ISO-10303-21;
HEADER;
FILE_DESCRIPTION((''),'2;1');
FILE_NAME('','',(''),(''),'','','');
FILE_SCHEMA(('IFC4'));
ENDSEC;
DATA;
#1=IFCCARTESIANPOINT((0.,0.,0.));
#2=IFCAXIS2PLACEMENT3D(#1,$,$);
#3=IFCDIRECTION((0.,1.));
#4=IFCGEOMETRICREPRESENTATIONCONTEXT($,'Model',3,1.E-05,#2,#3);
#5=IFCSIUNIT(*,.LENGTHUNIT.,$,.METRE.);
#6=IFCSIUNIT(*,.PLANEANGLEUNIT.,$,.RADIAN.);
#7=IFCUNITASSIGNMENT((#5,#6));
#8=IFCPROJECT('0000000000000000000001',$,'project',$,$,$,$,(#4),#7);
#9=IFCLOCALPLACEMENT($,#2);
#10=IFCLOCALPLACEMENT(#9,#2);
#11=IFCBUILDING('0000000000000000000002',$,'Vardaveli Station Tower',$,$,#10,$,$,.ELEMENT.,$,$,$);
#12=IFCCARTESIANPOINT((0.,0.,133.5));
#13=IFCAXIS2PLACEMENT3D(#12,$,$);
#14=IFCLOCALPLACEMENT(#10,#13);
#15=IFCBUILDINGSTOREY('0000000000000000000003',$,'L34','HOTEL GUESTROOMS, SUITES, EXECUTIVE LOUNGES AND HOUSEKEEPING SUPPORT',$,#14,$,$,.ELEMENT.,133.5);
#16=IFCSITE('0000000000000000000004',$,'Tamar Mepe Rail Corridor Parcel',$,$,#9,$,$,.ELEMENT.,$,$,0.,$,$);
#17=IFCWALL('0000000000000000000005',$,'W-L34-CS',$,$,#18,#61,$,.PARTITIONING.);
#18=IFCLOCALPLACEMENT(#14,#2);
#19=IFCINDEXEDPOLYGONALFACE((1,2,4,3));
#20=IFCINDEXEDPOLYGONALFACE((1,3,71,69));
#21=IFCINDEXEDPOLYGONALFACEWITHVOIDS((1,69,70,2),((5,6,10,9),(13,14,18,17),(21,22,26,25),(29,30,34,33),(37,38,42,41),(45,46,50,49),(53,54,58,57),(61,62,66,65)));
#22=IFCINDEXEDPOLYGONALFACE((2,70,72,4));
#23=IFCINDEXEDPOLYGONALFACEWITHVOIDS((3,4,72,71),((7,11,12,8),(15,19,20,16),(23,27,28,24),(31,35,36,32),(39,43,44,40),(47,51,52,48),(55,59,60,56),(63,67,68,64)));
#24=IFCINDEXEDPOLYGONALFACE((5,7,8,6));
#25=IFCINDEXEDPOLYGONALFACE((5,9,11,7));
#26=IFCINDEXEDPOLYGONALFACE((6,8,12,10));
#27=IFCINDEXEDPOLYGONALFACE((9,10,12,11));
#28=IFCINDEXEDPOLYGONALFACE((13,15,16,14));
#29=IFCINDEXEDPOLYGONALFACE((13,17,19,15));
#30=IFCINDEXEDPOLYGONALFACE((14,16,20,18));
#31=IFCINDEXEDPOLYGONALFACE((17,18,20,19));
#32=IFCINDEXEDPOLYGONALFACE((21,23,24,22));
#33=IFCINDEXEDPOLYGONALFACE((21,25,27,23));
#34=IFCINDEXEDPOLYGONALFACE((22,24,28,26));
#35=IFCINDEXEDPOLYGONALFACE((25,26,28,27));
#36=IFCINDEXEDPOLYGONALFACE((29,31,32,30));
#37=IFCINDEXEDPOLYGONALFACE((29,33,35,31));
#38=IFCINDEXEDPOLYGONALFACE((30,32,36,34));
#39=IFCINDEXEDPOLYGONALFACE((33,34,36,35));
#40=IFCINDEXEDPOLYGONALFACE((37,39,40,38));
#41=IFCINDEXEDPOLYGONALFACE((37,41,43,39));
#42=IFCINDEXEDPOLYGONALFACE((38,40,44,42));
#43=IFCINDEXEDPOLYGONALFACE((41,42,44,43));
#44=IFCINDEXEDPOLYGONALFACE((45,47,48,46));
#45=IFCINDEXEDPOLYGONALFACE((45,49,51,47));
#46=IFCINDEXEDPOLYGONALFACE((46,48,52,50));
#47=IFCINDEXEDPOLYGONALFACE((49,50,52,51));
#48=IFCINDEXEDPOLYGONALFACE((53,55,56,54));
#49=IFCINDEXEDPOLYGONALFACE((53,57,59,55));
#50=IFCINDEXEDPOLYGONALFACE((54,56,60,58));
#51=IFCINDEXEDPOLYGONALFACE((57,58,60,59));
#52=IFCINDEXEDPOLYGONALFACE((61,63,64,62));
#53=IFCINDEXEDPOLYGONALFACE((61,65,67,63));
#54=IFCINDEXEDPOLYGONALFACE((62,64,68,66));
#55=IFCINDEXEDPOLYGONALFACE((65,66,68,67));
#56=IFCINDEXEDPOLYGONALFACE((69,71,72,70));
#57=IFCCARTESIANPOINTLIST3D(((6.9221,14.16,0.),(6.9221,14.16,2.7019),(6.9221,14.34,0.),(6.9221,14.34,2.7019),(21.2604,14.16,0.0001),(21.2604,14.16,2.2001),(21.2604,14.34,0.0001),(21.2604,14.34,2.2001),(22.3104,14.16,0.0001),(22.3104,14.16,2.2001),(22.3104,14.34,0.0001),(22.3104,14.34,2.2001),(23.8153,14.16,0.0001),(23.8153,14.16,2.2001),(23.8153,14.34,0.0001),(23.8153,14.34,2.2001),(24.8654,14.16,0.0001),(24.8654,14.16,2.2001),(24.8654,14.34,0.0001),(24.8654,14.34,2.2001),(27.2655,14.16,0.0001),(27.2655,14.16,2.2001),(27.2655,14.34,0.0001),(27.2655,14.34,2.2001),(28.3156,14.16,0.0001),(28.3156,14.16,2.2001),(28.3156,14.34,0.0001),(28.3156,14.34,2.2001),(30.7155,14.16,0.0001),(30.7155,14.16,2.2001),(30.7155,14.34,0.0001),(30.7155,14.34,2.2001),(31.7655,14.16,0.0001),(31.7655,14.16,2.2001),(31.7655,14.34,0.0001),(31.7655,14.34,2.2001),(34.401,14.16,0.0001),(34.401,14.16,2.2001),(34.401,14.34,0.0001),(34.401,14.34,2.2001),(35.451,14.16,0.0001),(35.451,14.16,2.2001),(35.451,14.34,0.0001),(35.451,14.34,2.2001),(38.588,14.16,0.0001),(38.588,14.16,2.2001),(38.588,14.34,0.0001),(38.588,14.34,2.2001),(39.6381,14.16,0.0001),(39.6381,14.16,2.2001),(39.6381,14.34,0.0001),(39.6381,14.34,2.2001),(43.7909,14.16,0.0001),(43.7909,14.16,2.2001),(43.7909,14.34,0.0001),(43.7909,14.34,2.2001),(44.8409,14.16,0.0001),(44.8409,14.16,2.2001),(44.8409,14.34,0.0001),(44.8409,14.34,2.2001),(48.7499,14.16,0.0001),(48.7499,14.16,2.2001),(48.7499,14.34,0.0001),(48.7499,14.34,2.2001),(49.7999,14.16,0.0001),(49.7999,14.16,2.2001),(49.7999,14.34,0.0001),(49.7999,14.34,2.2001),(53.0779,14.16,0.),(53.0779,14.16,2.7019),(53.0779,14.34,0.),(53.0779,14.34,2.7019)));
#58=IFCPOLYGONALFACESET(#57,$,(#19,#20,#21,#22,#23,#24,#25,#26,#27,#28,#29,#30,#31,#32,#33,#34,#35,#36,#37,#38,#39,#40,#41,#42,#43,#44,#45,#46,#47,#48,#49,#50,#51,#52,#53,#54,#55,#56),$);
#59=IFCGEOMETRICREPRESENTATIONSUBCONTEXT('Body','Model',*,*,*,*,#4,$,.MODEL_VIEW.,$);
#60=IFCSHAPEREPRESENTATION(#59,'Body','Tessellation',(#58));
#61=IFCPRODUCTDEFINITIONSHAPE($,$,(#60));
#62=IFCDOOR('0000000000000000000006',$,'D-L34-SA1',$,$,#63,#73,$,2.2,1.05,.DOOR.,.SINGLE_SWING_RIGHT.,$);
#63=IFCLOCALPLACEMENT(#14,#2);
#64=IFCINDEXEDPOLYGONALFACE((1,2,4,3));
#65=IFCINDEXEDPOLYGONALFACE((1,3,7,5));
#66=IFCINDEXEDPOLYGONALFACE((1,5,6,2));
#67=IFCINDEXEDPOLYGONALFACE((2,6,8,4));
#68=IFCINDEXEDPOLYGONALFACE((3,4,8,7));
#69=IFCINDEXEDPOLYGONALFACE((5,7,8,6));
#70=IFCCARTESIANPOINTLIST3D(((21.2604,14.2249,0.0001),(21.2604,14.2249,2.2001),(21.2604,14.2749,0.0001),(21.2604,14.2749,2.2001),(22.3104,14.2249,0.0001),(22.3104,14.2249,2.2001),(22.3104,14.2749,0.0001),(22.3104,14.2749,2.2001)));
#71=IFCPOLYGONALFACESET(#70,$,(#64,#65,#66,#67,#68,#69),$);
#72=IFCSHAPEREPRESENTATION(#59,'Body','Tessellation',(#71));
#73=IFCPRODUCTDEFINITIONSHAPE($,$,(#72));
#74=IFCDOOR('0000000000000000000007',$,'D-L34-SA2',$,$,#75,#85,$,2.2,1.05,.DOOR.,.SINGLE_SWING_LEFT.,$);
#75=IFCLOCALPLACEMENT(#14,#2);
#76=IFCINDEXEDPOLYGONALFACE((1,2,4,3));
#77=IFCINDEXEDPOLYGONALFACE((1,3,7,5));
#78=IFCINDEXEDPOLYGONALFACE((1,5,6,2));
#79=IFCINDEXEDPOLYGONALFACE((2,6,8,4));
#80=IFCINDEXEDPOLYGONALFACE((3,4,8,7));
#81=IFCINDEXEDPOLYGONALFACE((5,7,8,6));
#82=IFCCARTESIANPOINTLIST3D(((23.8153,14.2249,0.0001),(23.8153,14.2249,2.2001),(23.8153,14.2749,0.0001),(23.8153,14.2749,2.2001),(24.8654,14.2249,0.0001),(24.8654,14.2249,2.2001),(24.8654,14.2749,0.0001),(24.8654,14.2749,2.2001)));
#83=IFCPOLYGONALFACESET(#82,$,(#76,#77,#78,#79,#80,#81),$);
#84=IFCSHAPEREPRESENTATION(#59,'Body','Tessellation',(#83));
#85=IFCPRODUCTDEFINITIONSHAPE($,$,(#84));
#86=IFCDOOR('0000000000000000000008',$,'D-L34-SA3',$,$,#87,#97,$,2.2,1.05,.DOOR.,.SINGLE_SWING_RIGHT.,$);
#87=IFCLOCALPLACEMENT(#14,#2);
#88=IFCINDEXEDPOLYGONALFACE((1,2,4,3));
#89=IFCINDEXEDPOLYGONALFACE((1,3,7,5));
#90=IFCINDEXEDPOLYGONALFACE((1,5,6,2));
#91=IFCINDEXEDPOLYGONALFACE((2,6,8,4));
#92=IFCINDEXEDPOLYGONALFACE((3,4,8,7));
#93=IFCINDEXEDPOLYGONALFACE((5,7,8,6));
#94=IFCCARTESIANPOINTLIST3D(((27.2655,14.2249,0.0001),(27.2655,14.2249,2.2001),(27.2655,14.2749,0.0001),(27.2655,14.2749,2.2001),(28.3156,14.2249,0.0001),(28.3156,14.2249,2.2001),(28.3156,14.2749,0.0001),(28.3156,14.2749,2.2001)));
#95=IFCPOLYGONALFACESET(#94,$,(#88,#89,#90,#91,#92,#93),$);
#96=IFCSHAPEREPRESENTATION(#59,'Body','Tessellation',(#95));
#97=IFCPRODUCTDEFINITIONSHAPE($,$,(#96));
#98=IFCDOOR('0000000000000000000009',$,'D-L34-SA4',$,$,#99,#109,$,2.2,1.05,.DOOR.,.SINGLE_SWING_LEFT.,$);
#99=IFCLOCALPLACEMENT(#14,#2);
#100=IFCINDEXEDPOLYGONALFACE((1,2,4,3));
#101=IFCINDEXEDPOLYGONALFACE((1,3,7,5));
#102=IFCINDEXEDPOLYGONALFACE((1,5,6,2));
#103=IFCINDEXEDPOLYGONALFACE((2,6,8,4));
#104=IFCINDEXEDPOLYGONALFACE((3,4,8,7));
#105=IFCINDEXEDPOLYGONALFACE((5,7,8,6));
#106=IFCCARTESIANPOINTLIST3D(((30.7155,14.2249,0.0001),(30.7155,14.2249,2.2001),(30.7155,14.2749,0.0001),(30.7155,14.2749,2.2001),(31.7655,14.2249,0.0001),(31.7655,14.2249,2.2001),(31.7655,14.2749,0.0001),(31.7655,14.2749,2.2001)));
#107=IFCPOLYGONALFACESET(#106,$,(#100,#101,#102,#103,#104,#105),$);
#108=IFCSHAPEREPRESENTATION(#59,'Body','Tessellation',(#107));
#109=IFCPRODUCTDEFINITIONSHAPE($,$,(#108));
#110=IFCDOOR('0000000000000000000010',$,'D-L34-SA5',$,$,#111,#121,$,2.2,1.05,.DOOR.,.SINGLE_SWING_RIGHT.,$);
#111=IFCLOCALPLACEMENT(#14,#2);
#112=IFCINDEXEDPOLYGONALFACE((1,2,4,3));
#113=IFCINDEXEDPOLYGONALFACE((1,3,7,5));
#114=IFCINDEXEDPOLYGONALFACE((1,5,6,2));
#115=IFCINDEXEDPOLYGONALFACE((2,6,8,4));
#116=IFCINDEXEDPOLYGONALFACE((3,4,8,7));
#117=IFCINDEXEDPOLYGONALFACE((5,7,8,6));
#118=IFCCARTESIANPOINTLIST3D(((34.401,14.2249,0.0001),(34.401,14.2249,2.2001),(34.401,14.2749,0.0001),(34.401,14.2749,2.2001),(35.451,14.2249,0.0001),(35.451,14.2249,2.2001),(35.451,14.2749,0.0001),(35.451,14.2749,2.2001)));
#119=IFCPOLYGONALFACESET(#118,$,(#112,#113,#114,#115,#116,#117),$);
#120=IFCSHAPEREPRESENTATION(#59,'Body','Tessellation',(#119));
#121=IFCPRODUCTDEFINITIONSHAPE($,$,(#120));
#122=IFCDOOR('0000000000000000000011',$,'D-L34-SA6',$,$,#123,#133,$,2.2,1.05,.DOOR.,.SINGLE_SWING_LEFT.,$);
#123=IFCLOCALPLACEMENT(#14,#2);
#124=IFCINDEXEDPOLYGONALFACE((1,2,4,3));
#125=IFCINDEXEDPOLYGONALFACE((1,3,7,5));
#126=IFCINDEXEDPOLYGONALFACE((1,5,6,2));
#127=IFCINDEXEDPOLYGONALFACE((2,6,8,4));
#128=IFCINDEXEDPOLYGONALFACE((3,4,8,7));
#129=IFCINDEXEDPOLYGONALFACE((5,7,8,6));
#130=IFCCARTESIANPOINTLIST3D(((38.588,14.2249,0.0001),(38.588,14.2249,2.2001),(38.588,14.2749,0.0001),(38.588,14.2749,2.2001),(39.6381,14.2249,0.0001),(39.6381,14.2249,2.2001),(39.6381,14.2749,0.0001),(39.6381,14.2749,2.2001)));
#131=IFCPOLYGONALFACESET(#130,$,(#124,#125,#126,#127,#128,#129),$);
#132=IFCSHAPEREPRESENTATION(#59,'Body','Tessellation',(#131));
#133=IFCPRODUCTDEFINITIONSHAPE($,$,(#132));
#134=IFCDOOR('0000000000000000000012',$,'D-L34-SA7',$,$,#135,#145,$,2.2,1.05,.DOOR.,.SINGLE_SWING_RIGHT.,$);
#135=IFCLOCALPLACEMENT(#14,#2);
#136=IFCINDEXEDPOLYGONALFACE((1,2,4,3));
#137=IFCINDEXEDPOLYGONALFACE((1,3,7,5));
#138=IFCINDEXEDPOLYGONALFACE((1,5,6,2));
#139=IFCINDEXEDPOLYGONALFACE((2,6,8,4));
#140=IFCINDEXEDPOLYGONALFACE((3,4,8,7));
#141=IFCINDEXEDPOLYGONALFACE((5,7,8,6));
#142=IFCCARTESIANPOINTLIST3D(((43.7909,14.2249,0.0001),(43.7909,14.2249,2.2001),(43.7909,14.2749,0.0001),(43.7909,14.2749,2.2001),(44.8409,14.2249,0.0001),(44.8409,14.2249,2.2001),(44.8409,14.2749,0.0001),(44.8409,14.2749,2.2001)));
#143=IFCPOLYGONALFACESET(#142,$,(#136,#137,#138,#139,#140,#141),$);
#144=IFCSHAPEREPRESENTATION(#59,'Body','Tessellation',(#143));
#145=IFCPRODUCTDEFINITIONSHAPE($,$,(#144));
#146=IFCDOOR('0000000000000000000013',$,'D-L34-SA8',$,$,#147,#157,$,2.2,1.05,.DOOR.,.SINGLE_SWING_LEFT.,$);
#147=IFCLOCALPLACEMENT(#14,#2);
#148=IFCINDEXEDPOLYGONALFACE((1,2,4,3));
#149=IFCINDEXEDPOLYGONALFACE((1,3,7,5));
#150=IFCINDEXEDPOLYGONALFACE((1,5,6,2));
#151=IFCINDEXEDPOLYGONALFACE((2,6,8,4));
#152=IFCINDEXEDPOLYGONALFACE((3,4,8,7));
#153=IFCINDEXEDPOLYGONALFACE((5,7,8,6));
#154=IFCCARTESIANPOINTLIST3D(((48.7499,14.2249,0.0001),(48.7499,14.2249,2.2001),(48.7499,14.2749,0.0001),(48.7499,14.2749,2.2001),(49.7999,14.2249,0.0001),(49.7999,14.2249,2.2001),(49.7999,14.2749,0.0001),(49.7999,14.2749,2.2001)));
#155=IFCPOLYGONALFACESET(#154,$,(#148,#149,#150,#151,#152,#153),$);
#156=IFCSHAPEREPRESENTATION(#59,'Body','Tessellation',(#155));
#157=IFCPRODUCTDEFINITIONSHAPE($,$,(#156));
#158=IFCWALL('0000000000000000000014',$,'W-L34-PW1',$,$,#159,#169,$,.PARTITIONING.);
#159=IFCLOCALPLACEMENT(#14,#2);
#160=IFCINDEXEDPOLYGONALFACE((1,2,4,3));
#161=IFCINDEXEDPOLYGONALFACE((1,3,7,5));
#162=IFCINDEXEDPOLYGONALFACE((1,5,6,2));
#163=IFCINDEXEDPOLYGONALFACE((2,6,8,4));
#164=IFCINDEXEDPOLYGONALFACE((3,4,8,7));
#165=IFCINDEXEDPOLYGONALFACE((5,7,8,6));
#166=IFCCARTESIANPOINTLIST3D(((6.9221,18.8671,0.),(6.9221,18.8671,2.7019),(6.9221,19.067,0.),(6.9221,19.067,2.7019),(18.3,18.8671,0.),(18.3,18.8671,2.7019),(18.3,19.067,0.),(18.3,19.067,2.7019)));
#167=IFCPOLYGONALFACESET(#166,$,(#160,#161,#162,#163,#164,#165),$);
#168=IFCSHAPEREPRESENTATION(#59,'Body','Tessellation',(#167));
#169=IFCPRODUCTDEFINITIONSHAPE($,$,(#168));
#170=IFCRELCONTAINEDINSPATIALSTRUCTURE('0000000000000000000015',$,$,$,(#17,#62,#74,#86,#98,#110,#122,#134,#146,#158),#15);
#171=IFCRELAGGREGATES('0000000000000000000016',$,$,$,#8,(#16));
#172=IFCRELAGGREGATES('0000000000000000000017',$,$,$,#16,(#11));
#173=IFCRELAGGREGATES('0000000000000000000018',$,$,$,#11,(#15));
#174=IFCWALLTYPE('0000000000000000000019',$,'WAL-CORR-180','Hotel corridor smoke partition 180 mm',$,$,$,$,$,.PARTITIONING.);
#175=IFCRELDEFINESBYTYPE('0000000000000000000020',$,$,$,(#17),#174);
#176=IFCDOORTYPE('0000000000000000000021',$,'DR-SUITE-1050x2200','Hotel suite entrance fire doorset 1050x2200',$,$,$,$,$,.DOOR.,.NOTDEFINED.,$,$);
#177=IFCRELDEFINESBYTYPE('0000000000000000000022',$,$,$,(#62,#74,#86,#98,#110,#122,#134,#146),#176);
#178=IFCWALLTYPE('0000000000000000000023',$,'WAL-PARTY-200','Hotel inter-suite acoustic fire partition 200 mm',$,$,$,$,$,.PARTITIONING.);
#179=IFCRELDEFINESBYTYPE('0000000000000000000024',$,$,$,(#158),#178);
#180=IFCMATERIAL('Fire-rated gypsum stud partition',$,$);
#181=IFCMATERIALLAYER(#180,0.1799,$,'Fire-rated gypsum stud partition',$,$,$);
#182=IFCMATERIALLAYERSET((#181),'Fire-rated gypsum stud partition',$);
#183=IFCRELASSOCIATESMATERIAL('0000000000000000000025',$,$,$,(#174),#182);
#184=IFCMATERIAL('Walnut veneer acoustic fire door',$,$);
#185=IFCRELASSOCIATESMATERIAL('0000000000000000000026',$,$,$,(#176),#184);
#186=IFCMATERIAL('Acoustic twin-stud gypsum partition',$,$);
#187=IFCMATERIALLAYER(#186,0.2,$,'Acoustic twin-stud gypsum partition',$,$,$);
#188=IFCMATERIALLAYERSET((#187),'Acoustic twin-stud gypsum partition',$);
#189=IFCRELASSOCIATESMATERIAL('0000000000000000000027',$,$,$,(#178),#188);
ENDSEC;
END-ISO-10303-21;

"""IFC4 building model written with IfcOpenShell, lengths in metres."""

from ifc_helpers import new_model, si_unit, direction, frame, frame_2d, origin, place, context, subcontext, project, spatial, rectangle, extrude, source, transform, mapped, material, layer, layer_set, type_object, element, fill, save


model = new_model("IFC4")

# Units and contexts
model_context = context("Model", 3, precision=1e-05, world=origin(), true_north=direction((0.0, 1.0)))
body_context = subcontext(model_context, "Body", "Model", "MODEL_VIEW")
ifc_project = project(units=[si_unit("LENGTHUNIT", "METRE"), si_unit("PLANEANGLEUNIT", "RADIAN")], contexts=[model_context])

# Site, building, storey
site_placement = place(None, origin())
site = spatial("IfcSite", under=ifc_project, at=site_placement, Name="Tamar Mepe Rail Corridor Parcel", CompositionType="ELEMENT", RefElevation=0.0)
building_placement = place(site_placement, origin())
building = spatial("IfcBuilding", under=site, at=building_placement, Name="Vardaveli Station Tower", CompositionType="ELEMENT")
storey_placement = place(building_placement, frame((0.0, 0.0, 133.5)))
storey = spatial("IfcBuildingStorey", under=building, at=storey_placement, Name="L34", Description="HOTEL GUESTROOMS, SUITES, EXECUTIVE LOUNGES AND HOUSEKEEPING SUPPORT", CompositionType="ELEMENT", Elevation=133.5)

# Wall, openings, doors
ifc_material_1 = material(Name="Fire-rated gypsum stud partition")
ifc_layer_1 = layer(ifc_material_1, 0.1799, Name="Fire-rated gypsum stud partition")
ifc_layer_set_1 = layer_set([ifc_layer_1], Name="Fire-rated gypsum stud partition")
wall_type_1 = type_object("IfcWallType", Name="WAL-CORR-180", Description="Hotel corridor smoke partition 180 mm", PredefinedType="PARTITIONING", material=ifc_layer_set_1)
shared_shape_1 = source(origin(), body_context, "Body", "SweptSolid", [
    extrude(rectangle(XDim=46.1558, YDim=0.1799, at=frame_2d((23.0779, 0.0))), origin(), (0.0, 0.0, 1.0), 2.7019),
])
wall_1_placement = place(storey_placement, frame((6.9221, 14.25, 0.0), z_axis=(0.0, 0.0, 1.0), x_axis=(1.0, 0.0, 0.0)))
wall_1 = element("IfcWall", 1, at=wall_1_placement, inside=storey, type_object=wall_type_1, Name="W-L34-CS", PredefinedType="PARTITIONING", context=body_context, shape_type="MappedRepresentation", body=[
    mapped(shared_shape_1, transform((0.0, 0.0, 0.0), scale=1.0)),
])
shared_shape_2 = source(origin(), body_context, "Body", "SweptSolid", [
    extrude(rectangle(XDim=1.05, YDim=2.2, at=frame_2d((0.5249, 1.1001))), frame((0.0, 0.1001, 0.0), z_axis=(0.0, -1.0, 0.0), x_axis=(1.0, 0.0, 0.0)), (0.0, 0.0, 1.0), 0.2),
])
opening_1_placement = place(wall_1_placement, frame((14.3384, 0.0, 0.0)))
opening_1 = element("IfcOpeningElement", 2, at=opening_1_placement, cuts=wall_1, PredefinedType="OPENING", context=body_context, shape_type="MappedRepresentation", body=[
    mapped(shared_shape_2, transform((0.0, 0.0, 0.0), scale=1.0)),
])
opening_2_placement = place(wall_1_placement, frame((16.8933, 0.0, 0.0)))
opening_2 = element("IfcOpeningElement", 3, at=opening_2_placement, cuts=wall_1, PredefinedType="OPENING", context=body_context, shape_type="MappedRepresentation", body=[
    mapped(shared_shape_2, transform((0.0, 0.0, 0.0), scale=1.0)),
])
opening_3_placement = place(wall_1_placement, frame((20.3435, 0.0, 0.0)))
opening_3 = element("IfcOpeningElement", 4, at=opening_3_placement, cuts=wall_1, PredefinedType="OPENING", context=body_context, shape_type="MappedRepresentation", body=[
    mapped(shared_shape_2, transform((0.0, 0.0, 0.0), scale=1.0)),
])
opening_4_placement = place(wall_1_placement, frame((23.7935, 0.0, 0.0)))
opening_4 = element("IfcOpeningElement", 5, at=opening_4_placement, cuts=wall_1, PredefinedType="OPENING", context=body_context, shape_type="MappedRepresentation", body=[
    mapped(shared_shape_2, transform((0.0, 0.0, 0.0), scale=1.0)),
])
opening_5_placement = place(wall_1_placement, frame((27.479, 0.0, 0.0)))
opening_5 = element("IfcOpeningElement", 6, at=opening_5_placement, cuts=wall_1, PredefinedType="OPENING", context=body_context, shape_type="MappedRepresentation", body=[
    mapped(shared_shape_2, transform((0.0, 0.0, 0.0), scale=1.0)),
])
opening_6_placement = place(wall_1_placement, frame((31.666, 0.0, 0.0)))
opening_6 = element("IfcOpeningElement", 7, at=opening_6_placement, cuts=wall_1, PredefinedType="OPENING", context=body_context, shape_type="MappedRepresentation", body=[
    mapped(shared_shape_2, transform((0.0, 0.0, 0.0), scale=1.0)),
])
opening_7_placement = place(wall_1_placement, frame((36.8689, 0.0, 0.0)))
opening_7 = element("IfcOpeningElement", 8, at=opening_7_placement, cuts=wall_1, PredefinedType="OPENING", context=body_context, shape_type="MappedRepresentation", body=[
    mapped(shared_shape_2, transform((0.0, 0.0, 0.0), scale=1.0)),
])
opening_8_placement = place(wall_1_placement, frame((41.8279, 0.0, 0.0)))
opening_8 = element("IfcOpeningElement", 9, at=opening_8_placement, cuts=wall_1, PredefinedType="OPENING", context=body_context, shape_type="MappedRepresentation", body=[
    mapped(shared_shape_2, transform((0.0, 0.0, 0.0), scale=1.0)),
])
ifc_material_2 = material(Name="Walnut veneer acoustic fire door")
door_type = type_object("IfcDoorType", Name="DR-SUITE-1050x2200", Description="Hotel suite entrance fire doorset 1050x2200", OperationType="NOTDEFINED", PredefinedType="DOOR", material=ifc_material_2)
shared_shape_3 = source(origin(), body_context, "Body", "SweptSolid", [
    extrude(rectangle(XDim=1.05, YDim=2.2, at=frame_2d((0.5249, 1.1001))), frame((0.0, 0.0249, 0.0), z_axis=(0.0, -1.0, 0.0), x_axis=(1.0, 0.0, 0.0)), (0.0, 0.0, 1.0), 0.05),
])
door_1_placement = place(opening_1_placement, origin())
door_1 = element("IfcDoor", 10, at=door_1_placement, inside=storey, type_object=door_type, Name="D-L34-SA1", OperationType="SINGLE_SWING_RIGHT", OverallHeight=2.2, OverallWidth=1.05, PredefinedType="DOOR", context=body_context, shape_type="MappedRepresentation", body=[
    mapped(shared_shape_3, transform((0.0, 0.0, 0.0), scale=1.0)),
])
fill(opening_1, door_1)
door_2_placement = place(opening_2_placement, origin())
door_2 = element("IfcDoor", 11, at=door_2_placement, inside=storey, type_object=door_type, Name="D-L34-SA2", OperationType="SINGLE_SWING_LEFT", OverallHeight=2.2, OverallWidth=1.05, PredefinedType="DOOR", context=body_context, shape_type="MappedRepresentation", body=[
    mapped(shared_shape_3, transform((0.0, 0.0, 0.0), scale=1.0)),
])
fill(opening_2, door_2)
door_3_placement = place(opening_3_placement, origin())
door_3 = element("IfcDoor", 12, at=door_3_placement, inside=storey, type_object=door_type, Name="D-L34-SA3", OperationType="SINGLE_SWING_RIGHT", OverallHeight=2.2, OverallWidth=1.05, PredefinedType="DOOR", context=body_context, shape_type="MappedRepresentation", body=[
    mapped(shared_shape_3, transform((0.0, 0.0, 0.0), scale=1.0)),
])
fill(opening_3, door_3)
door_4_placement = place(opening_4_placement, origin())
door_4 = element("IfcDoor", 13, at=door_4_placement, inside=storey, type_object=door_type, Name="D-L34-SA4", OperationType="SINGLE_SWING_LEFT", OverallHeight=2.2, OverallWidth=1.05, PredefinedType="DOOR", context=body_context, shape_type="MappedRepresentation", body=[
    mapped(shared_shape_3, transform((0.0, 0.0, 0.0), scale=1.0)),
])
fill(opening_4, door_4)
door_5_placement = place(opening_5_placement, origin())
door_5 = element("IfcDoor", 14, at=door_5_placement, inside=storey, type_object=door_type, Name="D-L34-SA5", OperationType="SINGLE_SWING_RIGHT", OverallHeight=2.2, OverallWidth=1.05, PredefinedType="DOOR", context=body_context, shape_type="MappedRepresentation", body=[
    mapped(shared_shape_3, transform((0.0, 0.0, 0.0), scale=1.0)),
])
fill(opening_5, door_5)
door_6_placement = place(opening_6_placement, origin())
door_6 = element("IfcDoor", 15, at=door_6_placement, inside=storey, type_object=door_type, Name="D-L34-SA6", OperationType="SINGLE_SWING_LEFT", OverallHeight=2.2, OverallWidth=1.05, PredefinedType="DOOR", context=body_context, shape_type="MappedRepresentation", body=[
    mapped(shared_shape_3, transform((0.0, 0.0, 0.0), scale=1.0)),
])
fill(opening_6, door_6)
door_7_placement = place(opening_7_placement, origin())
door_7 = element("IfcDoor", 16, at=door_7_placement, inside=storey, type_object=door_type, Name="D-L34-SA7", OperationType="SINGLE_SWING_RIGHT", OverallHeight=2.2, OverallWidth=1.05, PredefinedType="DOOR", context=body_context, shape_type="MappedRepresentation", body=[
    mapped(shared_shape_3, transform((0.0, 0.0, 0.0), scale=1.0)),
])
fill(opening_7, door_7)
door_8_placement = place(opening_8_placement, origin())
door_8 = element("IfcDoor", 17, at=door_8_placement, inside=storey, type_object=door_type, Name="D-L34-SA8", OperationType="SINGLE_SWING_LEFT", OverallHeight=2.2, OverallWidth=1.05, PredefinedType="DOOR", context=body_context, shape_type="MappedRepresentation", body=[
    mapped(shared_shape_3, transform((0.0, 0.0, 0.0), scale=1.0)),
])
fill(opening_8, door_8)

# Wall
ifc_material_3 = material(Name="Acoustic twin-stud gypsum partition")
ifc_layer_2 = layer(ifc_material_3, 0.2, Name="Acoustic twin-stud gypsum partition")
ifc_layer_set_2 = layer_set([ifc_layer_2], Name="Acoustic twin-stud gypsum partition")
wall_type_2 = type_object("IfcWallType", Name="WAL-PARTY-200", Description="Hotel inter-suite acoustic fire partition 200 mm", PredefinedType="PARTITIONING", material=ifc_layer_set_2)
shared_shape_4 = source(origin(), body_context, "Body", "SweptSolid", [
    extrude(rectangle(XDim=11.3779, YDim=0.2, at=frame_2d((5.689, 0.0))), origin(), (0.0, 0.0, 1.0), 2.7019),
])
wall_2_placement = place(storey_placement, frame((6.9221, 18.967, 0.0), z_axis=(0.0, 0.0, 1.0), x_axis=(1.0, 0.0, 0.0)))
element("IfcWall", 18, at=wall_2_placement, inside=storey, type_object=wall_type_2, Name="W-L34-PW1", PredefinedType="PARTITIONING", context=body_context, shape_type="MappedRepresentation", body=[
    mapped(shared_shape_4, transform((0.0, 0.0, 0.0), scale=1.0)),
])

save(model, "model.ifc")
